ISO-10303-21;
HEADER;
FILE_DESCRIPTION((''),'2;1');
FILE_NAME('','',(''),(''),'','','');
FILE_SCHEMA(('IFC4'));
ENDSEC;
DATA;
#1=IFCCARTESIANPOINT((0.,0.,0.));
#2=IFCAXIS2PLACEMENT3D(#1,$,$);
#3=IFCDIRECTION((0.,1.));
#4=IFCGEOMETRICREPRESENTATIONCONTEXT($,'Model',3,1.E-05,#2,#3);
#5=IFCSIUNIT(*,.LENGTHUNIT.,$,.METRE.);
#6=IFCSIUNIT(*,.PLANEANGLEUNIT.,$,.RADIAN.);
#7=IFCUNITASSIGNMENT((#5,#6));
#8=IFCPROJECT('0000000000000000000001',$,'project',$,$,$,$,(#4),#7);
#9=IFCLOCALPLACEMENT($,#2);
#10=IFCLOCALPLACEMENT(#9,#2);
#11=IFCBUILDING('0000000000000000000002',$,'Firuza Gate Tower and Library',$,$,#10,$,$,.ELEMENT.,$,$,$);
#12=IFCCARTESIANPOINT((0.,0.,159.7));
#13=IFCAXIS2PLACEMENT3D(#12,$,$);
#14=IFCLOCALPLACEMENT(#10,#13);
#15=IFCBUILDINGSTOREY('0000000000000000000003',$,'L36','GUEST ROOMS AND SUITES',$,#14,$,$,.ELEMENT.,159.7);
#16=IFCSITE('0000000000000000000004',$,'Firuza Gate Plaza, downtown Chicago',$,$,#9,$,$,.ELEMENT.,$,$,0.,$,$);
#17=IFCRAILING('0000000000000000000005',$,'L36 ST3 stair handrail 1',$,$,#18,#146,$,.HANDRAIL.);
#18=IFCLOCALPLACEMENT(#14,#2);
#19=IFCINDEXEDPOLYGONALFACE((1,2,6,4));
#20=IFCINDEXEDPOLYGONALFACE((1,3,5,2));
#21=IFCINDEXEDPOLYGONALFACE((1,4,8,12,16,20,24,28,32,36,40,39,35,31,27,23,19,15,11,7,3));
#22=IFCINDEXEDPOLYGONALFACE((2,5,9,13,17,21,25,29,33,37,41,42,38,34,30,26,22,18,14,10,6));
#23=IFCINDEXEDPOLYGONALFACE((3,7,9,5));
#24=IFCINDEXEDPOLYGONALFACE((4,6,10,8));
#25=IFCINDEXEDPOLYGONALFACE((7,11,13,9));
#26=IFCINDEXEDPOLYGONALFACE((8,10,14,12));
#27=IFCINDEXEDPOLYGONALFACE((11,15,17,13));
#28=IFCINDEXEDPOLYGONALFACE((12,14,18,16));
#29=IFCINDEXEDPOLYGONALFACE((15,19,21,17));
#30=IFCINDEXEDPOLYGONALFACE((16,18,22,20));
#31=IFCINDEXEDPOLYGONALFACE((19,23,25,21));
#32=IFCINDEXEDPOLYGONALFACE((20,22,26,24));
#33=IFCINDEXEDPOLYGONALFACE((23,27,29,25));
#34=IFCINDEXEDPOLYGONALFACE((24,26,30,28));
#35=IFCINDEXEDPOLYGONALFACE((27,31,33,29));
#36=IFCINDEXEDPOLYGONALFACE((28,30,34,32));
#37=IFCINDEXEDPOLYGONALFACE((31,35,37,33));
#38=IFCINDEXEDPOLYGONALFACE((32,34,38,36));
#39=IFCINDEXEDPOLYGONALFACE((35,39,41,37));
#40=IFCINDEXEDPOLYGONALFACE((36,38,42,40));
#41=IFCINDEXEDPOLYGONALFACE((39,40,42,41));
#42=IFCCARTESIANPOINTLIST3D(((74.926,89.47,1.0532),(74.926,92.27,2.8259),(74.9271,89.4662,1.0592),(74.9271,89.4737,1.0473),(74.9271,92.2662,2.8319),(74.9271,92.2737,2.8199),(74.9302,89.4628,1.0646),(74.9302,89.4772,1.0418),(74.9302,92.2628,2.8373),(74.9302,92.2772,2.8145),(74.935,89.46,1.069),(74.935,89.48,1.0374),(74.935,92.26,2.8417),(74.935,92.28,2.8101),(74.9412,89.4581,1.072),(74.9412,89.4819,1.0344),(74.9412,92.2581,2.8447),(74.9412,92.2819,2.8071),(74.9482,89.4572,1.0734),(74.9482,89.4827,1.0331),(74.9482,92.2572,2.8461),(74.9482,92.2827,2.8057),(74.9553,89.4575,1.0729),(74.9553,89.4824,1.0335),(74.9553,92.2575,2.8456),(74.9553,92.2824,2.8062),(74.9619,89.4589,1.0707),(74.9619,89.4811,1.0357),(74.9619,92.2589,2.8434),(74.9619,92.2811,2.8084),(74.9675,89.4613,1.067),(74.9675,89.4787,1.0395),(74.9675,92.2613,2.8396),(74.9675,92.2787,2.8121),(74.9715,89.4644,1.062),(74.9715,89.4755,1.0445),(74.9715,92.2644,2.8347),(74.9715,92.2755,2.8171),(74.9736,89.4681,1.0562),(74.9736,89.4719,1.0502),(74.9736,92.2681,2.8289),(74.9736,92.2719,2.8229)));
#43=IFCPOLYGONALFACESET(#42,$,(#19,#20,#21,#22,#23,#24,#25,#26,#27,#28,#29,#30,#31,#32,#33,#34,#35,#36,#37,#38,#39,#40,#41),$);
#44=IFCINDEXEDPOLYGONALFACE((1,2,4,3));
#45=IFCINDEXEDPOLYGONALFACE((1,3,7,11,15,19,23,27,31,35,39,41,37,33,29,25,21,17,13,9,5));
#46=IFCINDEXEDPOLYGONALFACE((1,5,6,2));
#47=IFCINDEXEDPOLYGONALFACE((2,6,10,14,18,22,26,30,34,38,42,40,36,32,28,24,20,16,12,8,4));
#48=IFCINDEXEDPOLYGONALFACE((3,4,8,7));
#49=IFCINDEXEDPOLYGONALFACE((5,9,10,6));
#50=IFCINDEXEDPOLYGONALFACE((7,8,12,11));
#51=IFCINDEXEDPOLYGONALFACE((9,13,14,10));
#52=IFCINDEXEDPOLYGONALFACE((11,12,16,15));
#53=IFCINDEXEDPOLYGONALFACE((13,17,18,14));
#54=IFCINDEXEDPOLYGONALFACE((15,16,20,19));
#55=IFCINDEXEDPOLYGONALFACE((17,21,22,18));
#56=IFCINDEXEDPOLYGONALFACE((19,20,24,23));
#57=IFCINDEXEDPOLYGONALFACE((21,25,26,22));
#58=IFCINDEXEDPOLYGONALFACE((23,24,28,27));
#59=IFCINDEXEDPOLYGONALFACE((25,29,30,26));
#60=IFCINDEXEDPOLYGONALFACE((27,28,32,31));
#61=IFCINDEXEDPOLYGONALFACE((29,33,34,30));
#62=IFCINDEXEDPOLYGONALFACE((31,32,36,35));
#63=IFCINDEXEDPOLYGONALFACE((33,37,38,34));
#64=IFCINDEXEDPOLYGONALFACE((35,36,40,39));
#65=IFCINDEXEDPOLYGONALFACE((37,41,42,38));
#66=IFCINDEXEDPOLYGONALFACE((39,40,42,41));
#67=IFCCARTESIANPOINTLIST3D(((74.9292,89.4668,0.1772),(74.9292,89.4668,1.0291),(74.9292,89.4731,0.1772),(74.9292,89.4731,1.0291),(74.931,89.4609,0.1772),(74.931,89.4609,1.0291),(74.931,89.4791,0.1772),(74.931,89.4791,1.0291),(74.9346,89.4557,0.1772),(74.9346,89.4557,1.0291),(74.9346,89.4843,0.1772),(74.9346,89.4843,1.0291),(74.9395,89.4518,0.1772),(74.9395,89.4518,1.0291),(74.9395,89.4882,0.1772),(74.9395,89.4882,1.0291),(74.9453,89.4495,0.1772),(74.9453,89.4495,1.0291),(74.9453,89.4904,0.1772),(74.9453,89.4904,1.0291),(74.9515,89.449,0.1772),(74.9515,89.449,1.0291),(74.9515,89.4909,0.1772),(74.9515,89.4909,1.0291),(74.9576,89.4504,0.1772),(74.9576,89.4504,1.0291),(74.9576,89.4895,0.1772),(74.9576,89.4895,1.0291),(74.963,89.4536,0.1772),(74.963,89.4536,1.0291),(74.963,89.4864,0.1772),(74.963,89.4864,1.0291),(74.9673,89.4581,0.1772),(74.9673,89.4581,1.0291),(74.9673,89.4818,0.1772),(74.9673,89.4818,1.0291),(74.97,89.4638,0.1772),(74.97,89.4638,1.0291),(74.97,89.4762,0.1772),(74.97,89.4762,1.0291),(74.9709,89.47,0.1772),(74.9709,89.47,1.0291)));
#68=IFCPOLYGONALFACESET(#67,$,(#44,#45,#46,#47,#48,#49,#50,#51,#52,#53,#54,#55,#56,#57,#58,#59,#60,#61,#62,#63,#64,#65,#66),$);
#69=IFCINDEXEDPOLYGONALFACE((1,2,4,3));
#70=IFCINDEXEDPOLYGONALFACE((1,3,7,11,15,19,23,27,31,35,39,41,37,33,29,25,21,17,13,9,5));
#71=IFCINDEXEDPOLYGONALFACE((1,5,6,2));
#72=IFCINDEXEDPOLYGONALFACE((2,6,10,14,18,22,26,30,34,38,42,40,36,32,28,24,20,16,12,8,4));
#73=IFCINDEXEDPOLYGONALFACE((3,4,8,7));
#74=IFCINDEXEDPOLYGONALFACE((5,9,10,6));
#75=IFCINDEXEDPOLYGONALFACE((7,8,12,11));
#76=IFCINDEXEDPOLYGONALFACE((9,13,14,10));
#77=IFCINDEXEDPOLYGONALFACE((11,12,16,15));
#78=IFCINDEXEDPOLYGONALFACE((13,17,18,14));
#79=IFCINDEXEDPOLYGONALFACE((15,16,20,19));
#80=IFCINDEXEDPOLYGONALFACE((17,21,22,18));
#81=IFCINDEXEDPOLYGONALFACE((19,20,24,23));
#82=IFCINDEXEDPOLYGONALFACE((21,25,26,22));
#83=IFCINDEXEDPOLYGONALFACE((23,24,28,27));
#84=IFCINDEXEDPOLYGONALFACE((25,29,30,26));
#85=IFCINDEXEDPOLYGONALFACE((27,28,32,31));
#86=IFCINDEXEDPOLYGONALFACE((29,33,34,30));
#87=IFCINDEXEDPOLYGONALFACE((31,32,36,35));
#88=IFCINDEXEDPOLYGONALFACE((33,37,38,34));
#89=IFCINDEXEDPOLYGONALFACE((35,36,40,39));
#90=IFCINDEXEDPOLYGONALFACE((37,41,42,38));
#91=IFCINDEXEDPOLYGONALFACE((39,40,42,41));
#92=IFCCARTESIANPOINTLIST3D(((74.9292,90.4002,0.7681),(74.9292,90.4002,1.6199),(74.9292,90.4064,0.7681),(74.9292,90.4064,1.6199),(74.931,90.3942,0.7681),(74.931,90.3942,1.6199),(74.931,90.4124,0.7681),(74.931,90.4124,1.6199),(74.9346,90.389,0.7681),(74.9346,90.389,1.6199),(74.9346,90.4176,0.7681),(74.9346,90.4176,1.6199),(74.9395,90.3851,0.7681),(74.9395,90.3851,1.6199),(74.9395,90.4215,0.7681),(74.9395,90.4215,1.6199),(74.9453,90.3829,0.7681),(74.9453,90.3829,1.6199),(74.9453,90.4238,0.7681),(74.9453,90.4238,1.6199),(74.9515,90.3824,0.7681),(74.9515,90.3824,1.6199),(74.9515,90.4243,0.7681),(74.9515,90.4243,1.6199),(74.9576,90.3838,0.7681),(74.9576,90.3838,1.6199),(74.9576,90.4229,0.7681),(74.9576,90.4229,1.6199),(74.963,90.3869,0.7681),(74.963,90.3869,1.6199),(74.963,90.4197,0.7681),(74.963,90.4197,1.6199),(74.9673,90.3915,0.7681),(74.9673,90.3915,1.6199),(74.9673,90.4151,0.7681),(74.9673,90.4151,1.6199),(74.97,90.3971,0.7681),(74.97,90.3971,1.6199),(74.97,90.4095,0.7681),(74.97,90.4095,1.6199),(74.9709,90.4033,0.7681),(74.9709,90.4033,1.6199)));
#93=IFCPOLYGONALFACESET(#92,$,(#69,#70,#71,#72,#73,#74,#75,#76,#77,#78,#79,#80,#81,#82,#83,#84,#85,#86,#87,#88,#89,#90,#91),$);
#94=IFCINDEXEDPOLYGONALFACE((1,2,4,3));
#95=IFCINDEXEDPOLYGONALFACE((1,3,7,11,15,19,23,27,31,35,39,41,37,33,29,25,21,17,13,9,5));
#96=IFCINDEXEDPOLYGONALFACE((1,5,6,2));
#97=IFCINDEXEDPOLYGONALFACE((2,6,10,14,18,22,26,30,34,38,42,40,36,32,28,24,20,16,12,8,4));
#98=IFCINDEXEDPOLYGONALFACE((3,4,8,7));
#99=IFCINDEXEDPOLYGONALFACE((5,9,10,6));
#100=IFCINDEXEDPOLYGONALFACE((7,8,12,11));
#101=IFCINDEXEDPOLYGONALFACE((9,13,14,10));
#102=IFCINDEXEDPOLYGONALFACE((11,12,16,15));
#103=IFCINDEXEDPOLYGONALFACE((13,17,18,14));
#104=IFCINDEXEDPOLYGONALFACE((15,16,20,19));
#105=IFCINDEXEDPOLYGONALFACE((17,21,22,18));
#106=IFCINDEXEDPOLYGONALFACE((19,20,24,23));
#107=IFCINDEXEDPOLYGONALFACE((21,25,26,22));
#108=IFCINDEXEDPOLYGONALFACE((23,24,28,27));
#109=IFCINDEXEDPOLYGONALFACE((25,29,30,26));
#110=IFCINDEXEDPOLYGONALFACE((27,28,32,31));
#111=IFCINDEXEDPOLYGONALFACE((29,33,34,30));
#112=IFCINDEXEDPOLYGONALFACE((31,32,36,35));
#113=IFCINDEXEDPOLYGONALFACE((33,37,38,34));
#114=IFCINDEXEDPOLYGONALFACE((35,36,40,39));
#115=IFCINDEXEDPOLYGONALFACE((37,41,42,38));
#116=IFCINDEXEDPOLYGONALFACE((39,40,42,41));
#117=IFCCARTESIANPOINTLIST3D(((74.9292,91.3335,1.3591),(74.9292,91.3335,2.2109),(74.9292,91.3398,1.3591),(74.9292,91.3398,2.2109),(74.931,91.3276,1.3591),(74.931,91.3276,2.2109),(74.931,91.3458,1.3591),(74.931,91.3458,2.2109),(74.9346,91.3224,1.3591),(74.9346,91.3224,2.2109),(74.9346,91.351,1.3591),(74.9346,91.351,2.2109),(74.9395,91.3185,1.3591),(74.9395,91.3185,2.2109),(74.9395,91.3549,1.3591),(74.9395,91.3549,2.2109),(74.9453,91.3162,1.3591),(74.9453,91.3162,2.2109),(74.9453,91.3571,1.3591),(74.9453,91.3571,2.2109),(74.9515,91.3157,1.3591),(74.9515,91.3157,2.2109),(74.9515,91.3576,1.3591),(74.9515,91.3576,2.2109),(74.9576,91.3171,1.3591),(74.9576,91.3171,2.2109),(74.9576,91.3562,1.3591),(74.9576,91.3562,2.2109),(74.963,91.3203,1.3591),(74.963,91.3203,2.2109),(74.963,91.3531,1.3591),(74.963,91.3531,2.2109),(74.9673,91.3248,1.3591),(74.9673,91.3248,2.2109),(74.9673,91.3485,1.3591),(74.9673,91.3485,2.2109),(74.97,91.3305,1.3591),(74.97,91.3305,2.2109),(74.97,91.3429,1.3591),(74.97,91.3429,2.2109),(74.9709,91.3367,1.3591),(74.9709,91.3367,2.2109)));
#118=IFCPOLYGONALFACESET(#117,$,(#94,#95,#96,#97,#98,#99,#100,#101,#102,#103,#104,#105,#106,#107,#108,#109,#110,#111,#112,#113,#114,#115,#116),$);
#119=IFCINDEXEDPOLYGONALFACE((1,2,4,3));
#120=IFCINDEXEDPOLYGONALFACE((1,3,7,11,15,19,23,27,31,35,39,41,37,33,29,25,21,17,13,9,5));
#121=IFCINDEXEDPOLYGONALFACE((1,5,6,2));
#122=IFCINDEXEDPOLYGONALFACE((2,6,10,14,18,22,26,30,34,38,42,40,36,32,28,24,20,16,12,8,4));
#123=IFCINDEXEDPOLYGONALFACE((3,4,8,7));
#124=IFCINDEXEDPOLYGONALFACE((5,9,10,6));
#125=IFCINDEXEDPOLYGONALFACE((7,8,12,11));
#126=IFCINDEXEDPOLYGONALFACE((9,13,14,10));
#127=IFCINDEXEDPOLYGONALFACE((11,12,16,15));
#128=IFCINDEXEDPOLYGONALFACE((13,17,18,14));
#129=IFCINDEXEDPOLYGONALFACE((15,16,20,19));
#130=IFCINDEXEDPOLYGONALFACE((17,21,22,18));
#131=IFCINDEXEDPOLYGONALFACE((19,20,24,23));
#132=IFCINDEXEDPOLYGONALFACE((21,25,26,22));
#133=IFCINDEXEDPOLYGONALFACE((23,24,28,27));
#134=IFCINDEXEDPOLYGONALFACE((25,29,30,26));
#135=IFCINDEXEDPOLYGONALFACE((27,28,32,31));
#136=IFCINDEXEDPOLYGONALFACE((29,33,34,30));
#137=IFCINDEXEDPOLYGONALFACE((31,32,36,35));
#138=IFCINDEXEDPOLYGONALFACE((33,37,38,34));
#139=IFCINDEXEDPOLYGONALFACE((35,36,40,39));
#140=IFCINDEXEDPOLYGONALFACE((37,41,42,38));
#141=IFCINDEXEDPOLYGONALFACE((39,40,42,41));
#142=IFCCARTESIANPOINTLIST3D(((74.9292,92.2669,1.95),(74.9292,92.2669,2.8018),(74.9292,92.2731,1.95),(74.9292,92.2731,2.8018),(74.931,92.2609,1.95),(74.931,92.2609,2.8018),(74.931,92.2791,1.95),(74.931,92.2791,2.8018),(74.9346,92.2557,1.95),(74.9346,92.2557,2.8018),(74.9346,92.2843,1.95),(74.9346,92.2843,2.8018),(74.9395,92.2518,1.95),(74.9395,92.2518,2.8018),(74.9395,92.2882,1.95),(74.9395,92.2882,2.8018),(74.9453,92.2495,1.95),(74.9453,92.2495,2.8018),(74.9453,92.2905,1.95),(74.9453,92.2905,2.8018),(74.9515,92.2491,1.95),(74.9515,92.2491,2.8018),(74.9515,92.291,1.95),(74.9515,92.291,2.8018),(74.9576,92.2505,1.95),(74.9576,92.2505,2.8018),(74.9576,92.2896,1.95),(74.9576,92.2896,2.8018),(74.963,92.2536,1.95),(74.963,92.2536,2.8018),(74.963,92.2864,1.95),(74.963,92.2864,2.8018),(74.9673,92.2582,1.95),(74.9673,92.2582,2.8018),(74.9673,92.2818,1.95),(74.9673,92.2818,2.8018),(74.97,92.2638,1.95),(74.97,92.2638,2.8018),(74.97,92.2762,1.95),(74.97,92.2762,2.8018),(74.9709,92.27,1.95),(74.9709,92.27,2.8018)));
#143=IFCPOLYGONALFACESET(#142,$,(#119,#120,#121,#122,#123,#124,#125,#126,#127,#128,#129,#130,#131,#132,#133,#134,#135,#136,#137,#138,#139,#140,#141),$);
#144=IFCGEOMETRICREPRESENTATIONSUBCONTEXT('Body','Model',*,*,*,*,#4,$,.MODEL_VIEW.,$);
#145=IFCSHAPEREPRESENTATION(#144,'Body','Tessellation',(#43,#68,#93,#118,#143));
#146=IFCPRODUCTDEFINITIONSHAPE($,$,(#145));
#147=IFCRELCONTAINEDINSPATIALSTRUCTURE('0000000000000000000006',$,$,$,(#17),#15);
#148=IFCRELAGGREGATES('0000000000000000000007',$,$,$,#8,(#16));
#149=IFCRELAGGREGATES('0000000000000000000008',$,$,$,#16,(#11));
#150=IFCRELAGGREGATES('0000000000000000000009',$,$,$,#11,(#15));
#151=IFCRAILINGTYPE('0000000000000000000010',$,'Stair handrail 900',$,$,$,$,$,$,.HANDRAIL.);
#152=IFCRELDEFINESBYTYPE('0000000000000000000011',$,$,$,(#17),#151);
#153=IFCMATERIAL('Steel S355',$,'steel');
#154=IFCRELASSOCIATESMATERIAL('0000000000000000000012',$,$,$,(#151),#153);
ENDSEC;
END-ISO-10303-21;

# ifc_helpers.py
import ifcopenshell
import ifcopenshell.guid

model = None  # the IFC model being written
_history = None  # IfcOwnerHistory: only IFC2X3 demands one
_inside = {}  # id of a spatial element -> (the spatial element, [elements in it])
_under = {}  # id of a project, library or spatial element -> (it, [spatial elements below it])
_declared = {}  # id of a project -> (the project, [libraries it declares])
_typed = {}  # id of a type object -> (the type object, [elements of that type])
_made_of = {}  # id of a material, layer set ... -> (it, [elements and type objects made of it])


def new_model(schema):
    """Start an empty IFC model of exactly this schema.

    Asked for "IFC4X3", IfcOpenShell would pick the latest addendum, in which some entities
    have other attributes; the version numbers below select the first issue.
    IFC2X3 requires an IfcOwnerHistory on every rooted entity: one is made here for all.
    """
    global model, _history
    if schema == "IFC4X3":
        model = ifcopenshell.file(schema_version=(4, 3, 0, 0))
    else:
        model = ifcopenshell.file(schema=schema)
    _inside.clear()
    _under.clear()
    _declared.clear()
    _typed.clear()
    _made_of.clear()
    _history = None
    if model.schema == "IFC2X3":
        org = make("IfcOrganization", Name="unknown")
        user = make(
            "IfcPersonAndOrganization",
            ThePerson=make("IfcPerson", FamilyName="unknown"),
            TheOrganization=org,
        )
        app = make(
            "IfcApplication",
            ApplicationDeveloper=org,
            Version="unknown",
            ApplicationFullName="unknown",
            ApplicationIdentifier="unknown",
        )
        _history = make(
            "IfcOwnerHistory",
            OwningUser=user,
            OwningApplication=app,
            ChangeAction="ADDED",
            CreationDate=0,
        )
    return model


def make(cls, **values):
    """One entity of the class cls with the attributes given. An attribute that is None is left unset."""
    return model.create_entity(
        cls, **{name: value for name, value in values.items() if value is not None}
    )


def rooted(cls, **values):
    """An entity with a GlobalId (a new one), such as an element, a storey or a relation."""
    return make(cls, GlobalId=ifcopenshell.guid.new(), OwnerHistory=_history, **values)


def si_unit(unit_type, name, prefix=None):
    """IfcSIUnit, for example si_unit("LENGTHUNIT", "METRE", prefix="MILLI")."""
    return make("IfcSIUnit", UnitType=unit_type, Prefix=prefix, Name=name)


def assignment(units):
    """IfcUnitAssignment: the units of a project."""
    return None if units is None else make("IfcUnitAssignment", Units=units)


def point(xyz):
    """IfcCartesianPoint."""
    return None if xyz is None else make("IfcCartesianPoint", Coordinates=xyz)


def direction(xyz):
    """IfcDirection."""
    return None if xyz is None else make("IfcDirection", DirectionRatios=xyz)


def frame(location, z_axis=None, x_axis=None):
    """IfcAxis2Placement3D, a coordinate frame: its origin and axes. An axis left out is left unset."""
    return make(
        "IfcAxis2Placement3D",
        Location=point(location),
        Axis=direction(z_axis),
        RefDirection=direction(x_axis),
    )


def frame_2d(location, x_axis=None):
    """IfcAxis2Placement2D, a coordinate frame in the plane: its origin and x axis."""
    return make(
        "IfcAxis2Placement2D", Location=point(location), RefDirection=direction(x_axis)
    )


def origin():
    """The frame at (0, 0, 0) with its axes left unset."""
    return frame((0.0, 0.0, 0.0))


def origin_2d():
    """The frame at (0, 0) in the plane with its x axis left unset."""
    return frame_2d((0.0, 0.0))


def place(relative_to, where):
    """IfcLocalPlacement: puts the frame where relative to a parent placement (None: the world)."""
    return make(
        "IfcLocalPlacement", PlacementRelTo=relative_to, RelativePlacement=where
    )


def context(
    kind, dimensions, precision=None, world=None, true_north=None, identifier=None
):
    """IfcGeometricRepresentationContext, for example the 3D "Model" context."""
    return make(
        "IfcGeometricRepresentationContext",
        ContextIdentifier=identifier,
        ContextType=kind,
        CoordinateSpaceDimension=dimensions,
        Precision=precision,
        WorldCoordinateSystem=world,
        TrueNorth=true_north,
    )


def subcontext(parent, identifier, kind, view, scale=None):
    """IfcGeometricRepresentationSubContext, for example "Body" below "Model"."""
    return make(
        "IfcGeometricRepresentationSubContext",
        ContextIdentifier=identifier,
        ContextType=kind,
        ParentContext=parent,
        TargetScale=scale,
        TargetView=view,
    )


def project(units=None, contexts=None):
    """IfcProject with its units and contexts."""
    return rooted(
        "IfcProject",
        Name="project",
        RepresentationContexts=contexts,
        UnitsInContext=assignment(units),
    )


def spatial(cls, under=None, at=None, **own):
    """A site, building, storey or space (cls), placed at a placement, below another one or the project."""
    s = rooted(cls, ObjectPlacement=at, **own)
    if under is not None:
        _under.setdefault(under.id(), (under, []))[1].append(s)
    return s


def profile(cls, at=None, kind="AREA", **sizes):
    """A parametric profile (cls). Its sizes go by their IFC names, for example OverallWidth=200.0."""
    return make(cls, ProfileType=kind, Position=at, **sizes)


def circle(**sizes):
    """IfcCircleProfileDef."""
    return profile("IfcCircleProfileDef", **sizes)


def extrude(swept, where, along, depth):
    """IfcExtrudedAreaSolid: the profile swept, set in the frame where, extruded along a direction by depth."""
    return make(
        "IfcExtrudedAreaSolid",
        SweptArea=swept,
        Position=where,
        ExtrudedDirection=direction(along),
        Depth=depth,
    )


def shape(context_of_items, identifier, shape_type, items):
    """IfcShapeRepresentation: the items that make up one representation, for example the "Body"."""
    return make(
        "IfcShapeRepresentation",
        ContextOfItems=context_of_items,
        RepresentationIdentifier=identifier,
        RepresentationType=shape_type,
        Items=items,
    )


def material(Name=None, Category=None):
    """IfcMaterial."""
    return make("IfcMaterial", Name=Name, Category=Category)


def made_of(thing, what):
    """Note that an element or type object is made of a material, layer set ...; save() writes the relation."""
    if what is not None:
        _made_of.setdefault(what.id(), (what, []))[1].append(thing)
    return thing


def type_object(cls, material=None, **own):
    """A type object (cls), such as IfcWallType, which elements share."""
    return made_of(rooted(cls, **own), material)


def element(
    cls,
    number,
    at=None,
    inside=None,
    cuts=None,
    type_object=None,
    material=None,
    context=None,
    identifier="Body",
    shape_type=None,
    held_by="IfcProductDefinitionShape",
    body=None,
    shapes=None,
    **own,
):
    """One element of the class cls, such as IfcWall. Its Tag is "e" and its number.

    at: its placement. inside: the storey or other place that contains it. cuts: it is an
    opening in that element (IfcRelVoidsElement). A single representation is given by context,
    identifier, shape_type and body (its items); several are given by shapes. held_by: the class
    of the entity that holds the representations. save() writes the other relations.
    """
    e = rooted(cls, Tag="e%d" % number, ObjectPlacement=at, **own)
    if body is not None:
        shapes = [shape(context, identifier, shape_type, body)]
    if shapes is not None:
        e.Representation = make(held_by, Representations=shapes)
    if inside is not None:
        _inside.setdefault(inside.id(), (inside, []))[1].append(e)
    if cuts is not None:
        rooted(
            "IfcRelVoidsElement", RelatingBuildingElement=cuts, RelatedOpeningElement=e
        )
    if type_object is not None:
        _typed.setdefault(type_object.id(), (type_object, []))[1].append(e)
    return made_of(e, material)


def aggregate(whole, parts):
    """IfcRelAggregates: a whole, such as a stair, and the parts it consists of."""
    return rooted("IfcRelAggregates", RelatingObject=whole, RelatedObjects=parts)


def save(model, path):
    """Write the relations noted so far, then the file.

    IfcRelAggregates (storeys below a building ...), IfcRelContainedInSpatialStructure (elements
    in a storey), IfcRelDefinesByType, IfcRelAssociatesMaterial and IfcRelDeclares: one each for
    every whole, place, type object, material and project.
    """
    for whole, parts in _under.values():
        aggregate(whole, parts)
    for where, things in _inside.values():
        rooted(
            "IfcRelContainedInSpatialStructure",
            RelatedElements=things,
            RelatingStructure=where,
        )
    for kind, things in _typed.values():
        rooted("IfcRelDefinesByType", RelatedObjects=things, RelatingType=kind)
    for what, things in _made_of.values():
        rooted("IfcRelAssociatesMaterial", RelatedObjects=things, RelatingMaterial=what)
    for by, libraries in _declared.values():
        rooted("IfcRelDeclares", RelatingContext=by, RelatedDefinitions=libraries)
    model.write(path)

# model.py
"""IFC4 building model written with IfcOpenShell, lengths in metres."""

from ifc_helpers import new_model, si_unit, direction, frame, origin, origin_2d, place, context, subcontext, project, spatial, circle, extrude, material, type_object, element, save


model = new_model("IFC4")

# Units and contexts
model_context = context("Model", 3, precision=1e-05, world=origin(), true_north=direction((0.0, 1.0)))
body_context = subcontext(model_context, "Body", "Model", "MODEL_VIEW")
ifc_project = project(units=[si_unit("LENGTHUNIT", "METRE"), si_unit("PLANEANGLEUNIT", "RADIAN")], contexts=[model_context])

# Site, building, storey
site_placement = place(None, origin())
site = spatial("IfcSite", under=ifc_project, at=site_placement, Name="Firuza Gate Plaza, downtown Chicago", CompositionType="ELEMENT", RefElevation=0.0)
building_placement = place(site_placement, origin())
building = spatial("IfcBuilding", under=site, at=building_placement, Name="Firuza Gate Tower and Library", CompositionType="ELEMENT")
storey_placement = place(building_placement, frame((0.0, 0.0, 159.7)))
storey = spatial("IfcBuildingStorey", under=building, at=storey_placement, Name="L36", Description="GUEST ROOMS AND SUITES", CompositionType="ELEMENT", Elevation=159.7)

# Railing
ifc_material_1 = material(Name="Steel S355", Category="steel")
railing_type = type_object("IfcRailingType", Name="Stair handrail 900", PredefinedType="HANDRAIL", material=ifc_material_1)
railing_placement = place(storey_placement, frame((74.95, 89.47, 0.1772)))
element("IfcRailing", 1, at=railing_placement, inside=storey, type_object=railing_type, Name="L36 ST3 stair handrail 1", PredefinedType="HANDRAIL", context=body_context, shape_type="SweptSolid", body=[
    extrude(circle(Radius=0.0239, at=origin_2d()), frame((0.0, 0.0, 0.876), z_axis=(0.0, 0.844909, 0.53491), x_axis=(-1.0, 0.0, 0.0)), (0.0, 0.0, 1.0), 3.314),
    extrude(circle(Radius=0.021, at=origin_2d()), origin(), (0.0, 0.0, 1.0), 0.8518),
    extrude(circle(Radius=0.021, at=origin_2d()), frame((0.0, 0.9333, 0.5908)), (0.0, 0.0, 1.0), 0.8518),
    extrude(circle(Radius=0.021, at=origin_2d()), frame((0.0, 1.8667, 1.1819)), (0.0, 0.0, 1.0), 0.8518),
    extrude(circle(Radius=0.021, at=origin_2d()), frame((0.0, 2.8, 1.7727)), (0.0, 0.0, 1.0), 0.8518),
])

save(model, "model.ifc")
